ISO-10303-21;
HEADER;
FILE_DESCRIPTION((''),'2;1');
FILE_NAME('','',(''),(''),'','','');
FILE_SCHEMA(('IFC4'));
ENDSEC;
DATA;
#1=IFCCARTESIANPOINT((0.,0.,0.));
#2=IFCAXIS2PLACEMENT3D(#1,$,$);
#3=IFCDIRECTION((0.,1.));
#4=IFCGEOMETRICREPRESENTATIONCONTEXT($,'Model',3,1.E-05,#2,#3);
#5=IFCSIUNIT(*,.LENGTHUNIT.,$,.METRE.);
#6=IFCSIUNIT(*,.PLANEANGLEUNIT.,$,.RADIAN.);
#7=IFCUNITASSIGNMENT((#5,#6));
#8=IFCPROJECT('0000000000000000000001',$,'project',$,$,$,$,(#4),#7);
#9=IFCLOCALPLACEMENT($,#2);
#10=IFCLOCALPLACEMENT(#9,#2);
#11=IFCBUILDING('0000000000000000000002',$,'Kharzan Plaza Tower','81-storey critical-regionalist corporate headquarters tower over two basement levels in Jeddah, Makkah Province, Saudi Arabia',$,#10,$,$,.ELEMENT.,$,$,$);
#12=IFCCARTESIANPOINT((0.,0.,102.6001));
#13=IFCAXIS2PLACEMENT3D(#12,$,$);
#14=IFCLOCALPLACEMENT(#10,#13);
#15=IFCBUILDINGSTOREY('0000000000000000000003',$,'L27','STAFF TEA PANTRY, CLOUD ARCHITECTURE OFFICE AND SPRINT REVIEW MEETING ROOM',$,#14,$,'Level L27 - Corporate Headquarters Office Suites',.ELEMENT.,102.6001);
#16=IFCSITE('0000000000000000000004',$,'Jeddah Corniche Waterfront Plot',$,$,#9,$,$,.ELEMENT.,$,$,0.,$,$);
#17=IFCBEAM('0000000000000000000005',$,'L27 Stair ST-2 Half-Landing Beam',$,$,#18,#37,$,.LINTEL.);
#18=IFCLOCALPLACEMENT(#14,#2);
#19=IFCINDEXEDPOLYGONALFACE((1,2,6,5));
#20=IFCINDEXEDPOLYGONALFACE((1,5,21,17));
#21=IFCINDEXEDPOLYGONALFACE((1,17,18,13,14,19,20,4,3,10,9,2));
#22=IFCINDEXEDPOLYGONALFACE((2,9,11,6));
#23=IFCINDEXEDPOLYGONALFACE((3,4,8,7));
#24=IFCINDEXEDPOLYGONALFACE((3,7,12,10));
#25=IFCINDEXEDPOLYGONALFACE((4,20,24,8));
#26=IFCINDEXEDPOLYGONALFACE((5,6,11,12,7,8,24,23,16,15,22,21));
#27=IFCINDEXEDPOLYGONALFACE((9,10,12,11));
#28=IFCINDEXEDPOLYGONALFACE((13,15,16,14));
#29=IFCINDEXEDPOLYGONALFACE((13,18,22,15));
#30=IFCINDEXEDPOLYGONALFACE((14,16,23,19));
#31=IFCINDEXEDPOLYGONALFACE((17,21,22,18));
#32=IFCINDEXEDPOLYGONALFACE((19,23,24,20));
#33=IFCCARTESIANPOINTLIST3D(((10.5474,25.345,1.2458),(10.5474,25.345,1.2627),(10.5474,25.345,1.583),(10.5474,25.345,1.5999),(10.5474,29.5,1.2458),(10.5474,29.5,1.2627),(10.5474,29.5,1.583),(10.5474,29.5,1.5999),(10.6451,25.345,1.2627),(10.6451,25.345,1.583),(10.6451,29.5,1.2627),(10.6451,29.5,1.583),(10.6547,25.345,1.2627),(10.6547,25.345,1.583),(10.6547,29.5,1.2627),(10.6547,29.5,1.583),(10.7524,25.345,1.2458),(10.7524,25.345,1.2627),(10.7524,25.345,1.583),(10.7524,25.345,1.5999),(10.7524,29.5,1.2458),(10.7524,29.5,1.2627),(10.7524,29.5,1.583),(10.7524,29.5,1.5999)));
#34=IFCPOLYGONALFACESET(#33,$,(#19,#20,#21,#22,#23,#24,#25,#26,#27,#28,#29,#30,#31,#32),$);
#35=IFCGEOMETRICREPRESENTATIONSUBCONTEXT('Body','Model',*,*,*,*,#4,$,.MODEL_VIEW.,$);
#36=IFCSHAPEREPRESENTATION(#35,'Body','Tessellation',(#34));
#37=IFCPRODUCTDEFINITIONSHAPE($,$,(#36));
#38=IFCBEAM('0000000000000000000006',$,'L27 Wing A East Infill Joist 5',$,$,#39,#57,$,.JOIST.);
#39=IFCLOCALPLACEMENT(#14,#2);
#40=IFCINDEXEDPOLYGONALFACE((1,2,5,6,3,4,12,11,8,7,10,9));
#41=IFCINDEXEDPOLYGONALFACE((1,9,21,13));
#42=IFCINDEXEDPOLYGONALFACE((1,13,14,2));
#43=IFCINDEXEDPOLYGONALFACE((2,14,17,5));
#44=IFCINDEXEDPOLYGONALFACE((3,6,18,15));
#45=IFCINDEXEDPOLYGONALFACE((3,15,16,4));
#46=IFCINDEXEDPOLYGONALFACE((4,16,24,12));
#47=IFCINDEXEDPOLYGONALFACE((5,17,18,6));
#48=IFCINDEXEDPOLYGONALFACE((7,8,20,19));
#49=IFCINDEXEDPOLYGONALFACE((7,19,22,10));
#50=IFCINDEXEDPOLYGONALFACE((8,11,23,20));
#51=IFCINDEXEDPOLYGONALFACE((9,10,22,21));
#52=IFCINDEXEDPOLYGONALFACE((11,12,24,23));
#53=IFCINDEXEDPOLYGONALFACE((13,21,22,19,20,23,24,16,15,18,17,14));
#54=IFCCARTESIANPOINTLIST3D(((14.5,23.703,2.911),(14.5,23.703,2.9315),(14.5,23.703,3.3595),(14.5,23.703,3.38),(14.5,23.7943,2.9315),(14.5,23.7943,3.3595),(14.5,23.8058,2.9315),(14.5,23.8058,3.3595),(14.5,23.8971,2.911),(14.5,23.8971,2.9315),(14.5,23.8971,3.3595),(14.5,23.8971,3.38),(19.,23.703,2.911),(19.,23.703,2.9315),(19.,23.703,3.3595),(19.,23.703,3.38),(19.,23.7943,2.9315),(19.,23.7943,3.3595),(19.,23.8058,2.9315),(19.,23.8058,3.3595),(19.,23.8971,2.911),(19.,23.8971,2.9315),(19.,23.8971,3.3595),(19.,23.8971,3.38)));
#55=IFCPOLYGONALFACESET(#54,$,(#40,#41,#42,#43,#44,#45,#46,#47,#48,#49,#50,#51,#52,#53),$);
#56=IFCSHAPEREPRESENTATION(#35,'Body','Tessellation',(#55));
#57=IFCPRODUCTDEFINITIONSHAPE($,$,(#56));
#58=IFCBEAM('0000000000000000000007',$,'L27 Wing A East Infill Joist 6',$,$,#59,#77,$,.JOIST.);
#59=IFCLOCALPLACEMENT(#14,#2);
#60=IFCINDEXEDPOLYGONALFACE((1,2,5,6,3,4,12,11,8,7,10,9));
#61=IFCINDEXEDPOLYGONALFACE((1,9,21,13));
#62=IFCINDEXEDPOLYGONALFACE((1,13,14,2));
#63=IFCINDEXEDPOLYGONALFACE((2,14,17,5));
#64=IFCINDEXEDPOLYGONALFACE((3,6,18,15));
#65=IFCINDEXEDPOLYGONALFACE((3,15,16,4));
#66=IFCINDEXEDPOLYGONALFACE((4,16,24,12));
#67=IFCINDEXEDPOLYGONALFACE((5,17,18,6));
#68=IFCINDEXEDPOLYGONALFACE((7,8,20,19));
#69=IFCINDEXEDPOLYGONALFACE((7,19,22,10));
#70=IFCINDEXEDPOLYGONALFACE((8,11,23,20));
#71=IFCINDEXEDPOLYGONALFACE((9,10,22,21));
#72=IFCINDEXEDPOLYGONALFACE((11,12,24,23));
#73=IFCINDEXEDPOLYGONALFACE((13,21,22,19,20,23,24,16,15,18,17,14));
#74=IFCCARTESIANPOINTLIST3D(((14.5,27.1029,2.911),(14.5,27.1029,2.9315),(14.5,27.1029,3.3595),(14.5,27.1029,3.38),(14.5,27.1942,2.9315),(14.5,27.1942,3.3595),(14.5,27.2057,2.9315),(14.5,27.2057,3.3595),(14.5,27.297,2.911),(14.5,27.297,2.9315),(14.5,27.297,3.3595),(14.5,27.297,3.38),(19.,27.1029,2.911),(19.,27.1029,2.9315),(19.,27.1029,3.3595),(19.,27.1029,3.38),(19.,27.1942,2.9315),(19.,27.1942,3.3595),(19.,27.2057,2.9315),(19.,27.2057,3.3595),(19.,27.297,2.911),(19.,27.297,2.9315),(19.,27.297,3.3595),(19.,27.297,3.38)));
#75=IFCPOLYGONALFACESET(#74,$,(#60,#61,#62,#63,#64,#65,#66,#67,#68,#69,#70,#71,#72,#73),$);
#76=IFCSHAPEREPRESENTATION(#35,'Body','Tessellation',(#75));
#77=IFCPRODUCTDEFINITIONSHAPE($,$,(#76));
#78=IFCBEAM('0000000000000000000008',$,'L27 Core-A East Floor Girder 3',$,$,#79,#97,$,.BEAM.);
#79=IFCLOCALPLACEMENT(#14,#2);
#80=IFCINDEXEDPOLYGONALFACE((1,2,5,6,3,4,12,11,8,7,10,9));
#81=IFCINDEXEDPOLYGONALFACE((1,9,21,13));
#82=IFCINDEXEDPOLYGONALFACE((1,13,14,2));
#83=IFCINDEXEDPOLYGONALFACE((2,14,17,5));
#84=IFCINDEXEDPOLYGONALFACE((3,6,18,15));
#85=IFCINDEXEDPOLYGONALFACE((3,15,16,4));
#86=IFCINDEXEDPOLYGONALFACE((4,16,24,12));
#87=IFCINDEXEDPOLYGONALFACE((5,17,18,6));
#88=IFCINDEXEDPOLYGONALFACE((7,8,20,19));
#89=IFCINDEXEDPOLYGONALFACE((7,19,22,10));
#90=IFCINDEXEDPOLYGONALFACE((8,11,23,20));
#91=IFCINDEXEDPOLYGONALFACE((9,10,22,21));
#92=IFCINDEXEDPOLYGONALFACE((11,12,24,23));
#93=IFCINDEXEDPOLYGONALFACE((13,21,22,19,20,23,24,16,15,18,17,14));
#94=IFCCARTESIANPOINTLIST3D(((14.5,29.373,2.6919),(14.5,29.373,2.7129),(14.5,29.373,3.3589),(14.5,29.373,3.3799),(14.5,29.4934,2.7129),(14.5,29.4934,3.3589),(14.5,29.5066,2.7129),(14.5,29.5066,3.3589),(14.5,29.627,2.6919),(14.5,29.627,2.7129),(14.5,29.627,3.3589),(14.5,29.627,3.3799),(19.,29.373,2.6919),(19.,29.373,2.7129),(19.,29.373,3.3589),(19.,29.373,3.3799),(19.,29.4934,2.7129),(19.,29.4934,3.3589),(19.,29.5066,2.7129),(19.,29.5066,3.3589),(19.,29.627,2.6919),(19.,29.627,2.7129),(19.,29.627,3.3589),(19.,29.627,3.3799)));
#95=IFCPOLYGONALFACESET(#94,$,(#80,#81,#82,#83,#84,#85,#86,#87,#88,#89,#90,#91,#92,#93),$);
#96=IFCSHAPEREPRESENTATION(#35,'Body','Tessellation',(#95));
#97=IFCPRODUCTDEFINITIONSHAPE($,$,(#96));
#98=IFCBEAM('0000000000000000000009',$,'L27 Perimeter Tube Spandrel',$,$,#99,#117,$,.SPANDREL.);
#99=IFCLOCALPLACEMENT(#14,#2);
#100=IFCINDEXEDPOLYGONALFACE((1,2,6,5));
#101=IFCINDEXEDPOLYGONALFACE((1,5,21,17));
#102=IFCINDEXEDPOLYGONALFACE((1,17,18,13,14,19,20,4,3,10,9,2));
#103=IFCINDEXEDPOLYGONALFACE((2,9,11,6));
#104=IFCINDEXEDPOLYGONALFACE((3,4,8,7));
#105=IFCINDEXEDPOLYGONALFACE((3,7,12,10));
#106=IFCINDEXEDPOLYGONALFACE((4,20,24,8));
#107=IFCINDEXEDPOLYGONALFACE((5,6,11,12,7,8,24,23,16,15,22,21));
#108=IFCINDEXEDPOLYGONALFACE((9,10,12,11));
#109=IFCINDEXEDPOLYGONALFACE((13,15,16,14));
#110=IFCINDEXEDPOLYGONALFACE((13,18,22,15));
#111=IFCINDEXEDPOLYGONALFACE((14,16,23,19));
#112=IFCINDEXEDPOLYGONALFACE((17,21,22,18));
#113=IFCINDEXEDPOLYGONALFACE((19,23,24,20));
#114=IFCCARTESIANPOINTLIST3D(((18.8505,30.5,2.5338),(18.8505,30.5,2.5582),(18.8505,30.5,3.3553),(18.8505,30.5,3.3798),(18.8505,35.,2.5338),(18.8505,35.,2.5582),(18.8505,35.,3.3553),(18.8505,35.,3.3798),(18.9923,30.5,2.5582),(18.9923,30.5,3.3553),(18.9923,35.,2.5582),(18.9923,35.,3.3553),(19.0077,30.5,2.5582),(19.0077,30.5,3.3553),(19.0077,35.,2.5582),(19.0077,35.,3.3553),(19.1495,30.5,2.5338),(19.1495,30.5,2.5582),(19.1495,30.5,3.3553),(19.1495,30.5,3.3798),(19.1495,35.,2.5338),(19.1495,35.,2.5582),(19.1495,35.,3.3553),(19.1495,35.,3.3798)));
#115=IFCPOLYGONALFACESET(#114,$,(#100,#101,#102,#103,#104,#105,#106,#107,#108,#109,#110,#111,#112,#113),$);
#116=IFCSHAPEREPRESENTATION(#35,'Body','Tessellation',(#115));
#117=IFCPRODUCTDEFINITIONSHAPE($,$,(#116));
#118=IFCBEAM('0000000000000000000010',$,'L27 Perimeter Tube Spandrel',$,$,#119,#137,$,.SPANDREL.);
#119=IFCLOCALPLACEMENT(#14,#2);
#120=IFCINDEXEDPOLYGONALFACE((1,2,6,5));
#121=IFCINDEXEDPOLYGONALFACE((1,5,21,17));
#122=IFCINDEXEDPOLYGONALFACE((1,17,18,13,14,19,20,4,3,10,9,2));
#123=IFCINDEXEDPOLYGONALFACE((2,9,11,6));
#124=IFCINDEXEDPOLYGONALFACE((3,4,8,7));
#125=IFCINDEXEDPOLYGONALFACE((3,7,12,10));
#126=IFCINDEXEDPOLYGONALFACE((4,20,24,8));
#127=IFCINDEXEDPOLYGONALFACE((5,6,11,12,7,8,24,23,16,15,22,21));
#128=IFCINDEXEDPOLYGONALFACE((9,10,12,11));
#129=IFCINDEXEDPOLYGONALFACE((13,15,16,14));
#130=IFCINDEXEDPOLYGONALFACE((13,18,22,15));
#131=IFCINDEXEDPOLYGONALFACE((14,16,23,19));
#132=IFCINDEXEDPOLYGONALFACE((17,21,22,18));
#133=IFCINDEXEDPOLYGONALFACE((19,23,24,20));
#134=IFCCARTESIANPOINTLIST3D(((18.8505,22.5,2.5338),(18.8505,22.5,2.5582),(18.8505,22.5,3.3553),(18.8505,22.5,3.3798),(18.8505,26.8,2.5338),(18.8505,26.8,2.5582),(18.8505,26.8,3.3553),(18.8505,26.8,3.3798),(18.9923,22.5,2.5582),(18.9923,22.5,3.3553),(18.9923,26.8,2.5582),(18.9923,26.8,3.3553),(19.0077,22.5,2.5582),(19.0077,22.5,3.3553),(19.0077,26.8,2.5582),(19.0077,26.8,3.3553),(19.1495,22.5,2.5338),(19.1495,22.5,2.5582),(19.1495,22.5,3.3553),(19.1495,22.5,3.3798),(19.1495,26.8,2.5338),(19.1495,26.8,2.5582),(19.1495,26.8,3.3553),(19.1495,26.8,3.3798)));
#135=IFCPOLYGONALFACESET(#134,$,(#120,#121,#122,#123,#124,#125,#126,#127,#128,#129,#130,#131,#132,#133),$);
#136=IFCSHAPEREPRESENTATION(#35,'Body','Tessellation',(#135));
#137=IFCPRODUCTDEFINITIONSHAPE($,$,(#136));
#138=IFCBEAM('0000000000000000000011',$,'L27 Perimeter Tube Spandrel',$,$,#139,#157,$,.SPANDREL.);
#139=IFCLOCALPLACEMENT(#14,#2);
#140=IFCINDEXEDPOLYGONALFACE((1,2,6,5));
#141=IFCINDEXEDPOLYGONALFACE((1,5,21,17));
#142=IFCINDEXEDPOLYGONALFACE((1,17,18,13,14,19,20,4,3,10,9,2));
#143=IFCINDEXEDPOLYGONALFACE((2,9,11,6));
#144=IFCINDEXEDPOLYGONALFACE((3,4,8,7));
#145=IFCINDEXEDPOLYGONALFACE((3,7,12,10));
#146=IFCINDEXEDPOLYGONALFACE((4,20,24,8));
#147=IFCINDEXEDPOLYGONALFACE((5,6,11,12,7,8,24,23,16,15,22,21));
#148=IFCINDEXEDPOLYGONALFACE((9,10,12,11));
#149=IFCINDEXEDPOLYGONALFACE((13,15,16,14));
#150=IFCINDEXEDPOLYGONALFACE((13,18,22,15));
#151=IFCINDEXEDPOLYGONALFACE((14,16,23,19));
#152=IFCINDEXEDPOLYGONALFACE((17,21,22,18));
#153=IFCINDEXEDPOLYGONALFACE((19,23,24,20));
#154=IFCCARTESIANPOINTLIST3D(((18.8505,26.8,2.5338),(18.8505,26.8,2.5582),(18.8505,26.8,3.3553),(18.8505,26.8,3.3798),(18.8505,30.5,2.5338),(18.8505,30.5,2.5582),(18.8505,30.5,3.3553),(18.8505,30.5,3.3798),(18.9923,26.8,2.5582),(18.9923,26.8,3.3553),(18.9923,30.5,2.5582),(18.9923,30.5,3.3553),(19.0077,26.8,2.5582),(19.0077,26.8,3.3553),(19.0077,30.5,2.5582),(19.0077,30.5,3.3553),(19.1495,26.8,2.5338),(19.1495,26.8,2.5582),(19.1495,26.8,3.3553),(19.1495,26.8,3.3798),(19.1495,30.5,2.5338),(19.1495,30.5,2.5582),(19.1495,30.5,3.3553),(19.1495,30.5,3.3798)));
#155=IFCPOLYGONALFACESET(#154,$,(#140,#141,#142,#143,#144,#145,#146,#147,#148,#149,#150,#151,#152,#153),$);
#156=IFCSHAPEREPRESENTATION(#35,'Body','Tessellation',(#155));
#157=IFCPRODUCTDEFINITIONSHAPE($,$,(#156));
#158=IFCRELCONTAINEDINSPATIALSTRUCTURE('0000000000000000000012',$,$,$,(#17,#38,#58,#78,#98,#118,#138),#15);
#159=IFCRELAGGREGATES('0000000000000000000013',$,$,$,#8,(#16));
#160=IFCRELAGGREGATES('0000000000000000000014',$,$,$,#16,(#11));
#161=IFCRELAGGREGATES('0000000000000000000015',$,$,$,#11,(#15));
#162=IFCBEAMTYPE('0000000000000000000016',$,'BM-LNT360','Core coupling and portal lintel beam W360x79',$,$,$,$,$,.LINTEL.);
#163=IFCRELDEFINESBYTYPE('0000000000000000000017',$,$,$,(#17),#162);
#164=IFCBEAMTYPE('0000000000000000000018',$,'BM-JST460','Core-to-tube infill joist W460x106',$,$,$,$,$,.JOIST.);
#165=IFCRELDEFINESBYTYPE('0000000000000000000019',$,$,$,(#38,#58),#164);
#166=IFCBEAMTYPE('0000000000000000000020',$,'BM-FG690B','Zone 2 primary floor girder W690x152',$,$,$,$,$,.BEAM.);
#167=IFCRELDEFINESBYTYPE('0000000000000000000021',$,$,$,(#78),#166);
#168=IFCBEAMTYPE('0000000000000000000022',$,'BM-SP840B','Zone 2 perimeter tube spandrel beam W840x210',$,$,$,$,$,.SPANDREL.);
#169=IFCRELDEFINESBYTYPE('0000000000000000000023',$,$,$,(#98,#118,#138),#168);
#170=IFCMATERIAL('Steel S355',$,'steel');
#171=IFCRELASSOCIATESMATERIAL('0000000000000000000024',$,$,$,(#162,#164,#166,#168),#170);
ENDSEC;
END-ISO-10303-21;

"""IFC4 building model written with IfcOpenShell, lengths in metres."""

from ifc_helpers import new_model, si_unit, direction, frame, origin, origin_2d, place, context, subcontext, project, spatial, i_section, extrude, source, transform, mapped, material, material_profile, profile_set, type_object, element, save


model = new_model("IFC4")

# Units and contexts
model_context = context("Model", 3, precision=1e-05, world=origin(), true_north=direction((0.0, 1.0)))
body_context = subcontext(model_context, "Body", "Model", "MODEL_VIEW")
ifc_project = project(units=[si_unit("LENGTHUNIT", "METRE"), si_unit("PLANEANGLEUNIT", "RADIAN")], contexts=[model_context])

# Site, building, storey
site_placement = place(None, origin())
site = spatial("IfcSite", under=ifc_project, at=site_placement, Name="Jeddah Corniche Waterfront Plot", CompositionType="ELEMENT", RefElevation=0.0)
building_placement = place(site_placement, origin())
building = spatial("IfcBuilding", under=site, at=building_placement, Name="Kharzan Plaza Tower", Description="81-storey critical-regionalist corporate headquarters tower over two basement levels in Jeddah, Makkah Province, Saudi Arabia", CompositionType="ELEMENT")
storey_placement = place(building_placement, frame((0.0, 0.0, 102.6001)))
storey = spatial("IfcBuildingStorey", under=building, at=storey_placement, Name="L27", Description="STAFF TEA PANTRY, CLOUD ARCHITECTURE OFFICE AND SPRINT REVIEW MEETING ROOM", LongName="Level L27 - Corporate Headquarters Office Suites", CompositionType="ELEMENT", Elevation=102.6001)

# Beams
ifc_material_1 = material(Name="Steel S355", Category="steel")
ifc_material_profile_1 = material_profile(ifc_material_1, i_section(OverallWidth=0.2051, OverallDepth=0.354, WebThickness=0.0095, FlangeThickness=0.0168, at=origin_2d()), Name="W360x79")
ifc_profile_set_1 = profile_set([ifc_material_profile_1], Name="Steel S355")
beam_type_1 = type_object("IfcBeamType", Name="BM-LNT360", Description="Core coupling and portal lintel beam W360x79", PredefinedType="LINTEL", material=ifc_profile_set_1)
shared_shape_1 = source(origin(), body_context, "Body", "SweptSolid", [
    extrude(i_section(OverallWidth=0.2051, OverallDepth=0.354, WebThickness=0.0095, FlangeThickness=0.0168, at=origin_2d()), origin(), (0.0, 0.0, 1.0), 4.155),
])
beam_1_placement = place(storey_placement, frame((10.6499, 25.345, 1.4229), z_axis=(0.0, 1.0, 0.0), x_axis=(-1.0, 0.0, 0.0)))
element("IfcBeam", 1, at=beam_1_placement, inside=storey, type_object=beam_type_1, Name="L27 Stair ST-2 Half-Landing Beam", PredefinedType="LINTEL", context=body_context, shape_type="MappedRepresentation", body=[
    mapped(shared_shape_1, transform((0.0, 0.0, 0.0), x_axis=(1.0, 0.0, 0.0), y_axis=(0.0, 1.0, 0.0), z_axis=(0.0, 0.0, 1.0))),
])
ifc_material_profile_2 = material_profile(ifc_material_1, i_section(OverallWidth=0.1941, OverallDepth=0.469, WebThickness=0.0115, FlangeThickness=0.0205, at=origin_2d()), Name="W460x106")
ifc_profile_set_2 = profile_set([ifc_material_profile_2], Name="Steel S355")
beam_type_2 = type_object("IfcBeamType", Name="BM-JST460", Description="Core-to-tube infill joist W460x106", PredefinedType="JOIST", material=ifc_profile_set_2)
shared_shape_2 = source(origin(), body_context, "Body", "SweptSolid", [
    extrude(i_section(OverallWidth=0.1941, OverallDepth=0.469, WebThickness=0.0115, FlangeThickness=0.0205, at=origin_2d()), origin(), (0.0, 0.0, 1.0), 4.5),
])
for number, where, z_axis, x_axis, name in (
    (2, (14.5, 23.8, 3.1455), (1.0, 0.0, 0.0), (0.0, 1.0, 0.0), "L27 Wing A East Infill Joist 5"),
    (3, (14.5, 27.2, 3.1455), (1.0, 0.0, 0.0), (0.0, 1.0, 0.0), "L27 Wing A East Infill Joist 6"),
):
    element("IfcBeam", number, at=place(storey_placement, frame(where, z_axis=z_axis, x_axis=x_axis)), inside=storey, type_object=beam_type_2, Name=name, PredefinedType="JOIST", context=body_context, shape_type="MappedRepresentation", body=[
        mapped(shared_shape_2, transform((0.0, 0.0, 0.0), x_axis=(1.0, 0.0, 0.0), y_axis=(0.0, 1.0, 0.0), z_axis=(0.0, 0.0, 1.0))),
    ])
ifc_material_profile_3 = material_profile(ifc_material_1, i_section(OverallWidth=0.2539, OverallDepth=0.688, WebThickness=0.0132, FlangeThickness=0.021, at=origin_2d()), Name="W690x152")
ifc_profile_set_3 = profile_set([ifc_material_profile_3], Name="Steel S355")
beam_type_3 = type_object("IfcBeamType", Name="BM-FG690B", Description="Zone 2 primary floor girder W690x152", PredefinedType="BEAM", material=ifc_profile_set_3)
shared_shape_3 = source(origin(), body_context, "Body", "SweptSolid", [
    extrude(i_section(OverallWidth=0.2539, OverallDepth=0.688, WebThickness=0.0132, FlangeThickness=0.021, at=origin_2d()), origin(), (0.0, 0.0, 1.0), 4.5),
])
beam_2_placement = place(storey_placement, frame((14.5, 29.5, 3.0359), z_axis=(1.0, 0.0, 0.0), x_axis=(0.0, 1.0, 0.0)))
element("IfcBeam", 4, at=beam_2_placement, inside=storey, type_object=beam_type_3, Name="L27 Core-A East Floor Girder 3", PredefinedType="BEAM", context=body_context, shape_type="MappedRepresentation", body=[
    mapped(shared_shape_3, transform((0.0, 0.0, 0.0), x_axis=(1.0, 0.0, 0.0), y_axis=(0.0, 1.0, 0.0), z_axis=(0.0, 0.0, 1.0))),
])
ifc_material_profile_4 = material_profile(ifc_material_1, i_section(OverallWidth=0.2991, OverallDepth=0.8459, WebThickness=0.0154, FlangeThickness=0.0244, at=origin_2d()), Name="W840x210")
ifc_profile_set_4 = profile_set([ifc_material_profile_4], Name="Steel S355")
beam_type_4 = type_object("IfcBeamType", Name="BM-SP840B", Description="Zone 2 perimeter tube spandrel beam W840x210", PredefinedType="SPANDREL", material=ifc_profile_set_4)
shared_shape_4 = source(origin(), body_context, "Body", "SweptSolid", [
    extrude(i_section(OverallWidth=0.2991, OverallDepth=0.8459, WebThickness=0.0154, FlangeThickness=0.0244, at=origin_2d()), origin(), (0.0, 0.0, 1.0), 4.5),
])
beam_3_placement = place(storey_placement, frame((19.0, 30.5, 2.9568), z_axis=(0.0, 1.0, 0.0), x_axis=(-1.0, 0.0, 0.0)))
element("IfcBeam", 5, at=beam_3_placement, inside=storey, type_object=beam_type_4, Name="L27 Perimeter Tube Spandrel", PredefinedType="SPANDREL", context=body_context, shape_type="MappedRepresentation", body=[
    mapped(shared_shape_4, transform((0.0, 0.0, 0.0), x_axis=(1.0, 0.0, 0.0), y_axis=(0.0, 1.0, 0.0), z_axis=(0.0, 0.0, 1.0))),
])
shared_shape_5 = source(origin(), body_context, "Body", "SweptSolid", [
    extrude(i_section(OverallWidth=0.2991, OverallDepth=0.8459, WebThickness=0.0154, FlangeThickness=0.0244, at=origin_2d()), origin(), (0.0, 0.0, 1.0), 4.3),
])
beam_4_placement = place(storey_placement, frame((19.0, 22.5, 2.9568), z_axis=(0.0, 1.0, 0.0), x_axis=(-1.0, 0.0, 0.0)))
element("IfcBeam", 6, at=beam_4_placement, inside=storey, type_object=beam_type_4, Name="L27 Perimeter Tube Spandrel", PredefinedType="SPANDREL", context=body_context, shape_type="MappedRepresentation", body=[
    mapped(shared_shape_5, transform((0.0, 0.0, 0.0), x_axis=(1.0, 0.0, 0.0), y_axis=(0.0, 1.0, 0.0), z_axis=(0.0, 0.0, 1.0))),
])
shared_shape_6 = source(origin(), body_context, "Body", "SweptSolid", [
    extrude(i_section(OverallWidth=0.2991, OverallDepth=0.8459, WebThickness=0.0154, FlangeThickness=0.0244, at=origin_2d()), origin(), (0.0, 0.0, 1.0), 3.7),
])
beam_5_placement = place(storey_placement, frame((19.0, 26.8, 2.9568), z_axis=(0.0, 1.0, 0.0), x_axis=(-1.0, 0.0, 0.0)))
element("IfcBeam", 7, at=beam_5_placement, inside=storey, type_object=beam_type_4, Name="L27 Perimeter Tube Spandrel", PredefinedType="SPANDREL", context=body_context, shape_type="MappedRepresentation", body=[
    mapped(shared_shape_6, transform((0.0, 0.0, 0.0), x_axis=(1.0, 0.0, 0.0), y_axis=(0.0, 1.0, 0.0), z_axis=(0.0, 0.0, 1.0))),
])

save(model, "model.ifc")
